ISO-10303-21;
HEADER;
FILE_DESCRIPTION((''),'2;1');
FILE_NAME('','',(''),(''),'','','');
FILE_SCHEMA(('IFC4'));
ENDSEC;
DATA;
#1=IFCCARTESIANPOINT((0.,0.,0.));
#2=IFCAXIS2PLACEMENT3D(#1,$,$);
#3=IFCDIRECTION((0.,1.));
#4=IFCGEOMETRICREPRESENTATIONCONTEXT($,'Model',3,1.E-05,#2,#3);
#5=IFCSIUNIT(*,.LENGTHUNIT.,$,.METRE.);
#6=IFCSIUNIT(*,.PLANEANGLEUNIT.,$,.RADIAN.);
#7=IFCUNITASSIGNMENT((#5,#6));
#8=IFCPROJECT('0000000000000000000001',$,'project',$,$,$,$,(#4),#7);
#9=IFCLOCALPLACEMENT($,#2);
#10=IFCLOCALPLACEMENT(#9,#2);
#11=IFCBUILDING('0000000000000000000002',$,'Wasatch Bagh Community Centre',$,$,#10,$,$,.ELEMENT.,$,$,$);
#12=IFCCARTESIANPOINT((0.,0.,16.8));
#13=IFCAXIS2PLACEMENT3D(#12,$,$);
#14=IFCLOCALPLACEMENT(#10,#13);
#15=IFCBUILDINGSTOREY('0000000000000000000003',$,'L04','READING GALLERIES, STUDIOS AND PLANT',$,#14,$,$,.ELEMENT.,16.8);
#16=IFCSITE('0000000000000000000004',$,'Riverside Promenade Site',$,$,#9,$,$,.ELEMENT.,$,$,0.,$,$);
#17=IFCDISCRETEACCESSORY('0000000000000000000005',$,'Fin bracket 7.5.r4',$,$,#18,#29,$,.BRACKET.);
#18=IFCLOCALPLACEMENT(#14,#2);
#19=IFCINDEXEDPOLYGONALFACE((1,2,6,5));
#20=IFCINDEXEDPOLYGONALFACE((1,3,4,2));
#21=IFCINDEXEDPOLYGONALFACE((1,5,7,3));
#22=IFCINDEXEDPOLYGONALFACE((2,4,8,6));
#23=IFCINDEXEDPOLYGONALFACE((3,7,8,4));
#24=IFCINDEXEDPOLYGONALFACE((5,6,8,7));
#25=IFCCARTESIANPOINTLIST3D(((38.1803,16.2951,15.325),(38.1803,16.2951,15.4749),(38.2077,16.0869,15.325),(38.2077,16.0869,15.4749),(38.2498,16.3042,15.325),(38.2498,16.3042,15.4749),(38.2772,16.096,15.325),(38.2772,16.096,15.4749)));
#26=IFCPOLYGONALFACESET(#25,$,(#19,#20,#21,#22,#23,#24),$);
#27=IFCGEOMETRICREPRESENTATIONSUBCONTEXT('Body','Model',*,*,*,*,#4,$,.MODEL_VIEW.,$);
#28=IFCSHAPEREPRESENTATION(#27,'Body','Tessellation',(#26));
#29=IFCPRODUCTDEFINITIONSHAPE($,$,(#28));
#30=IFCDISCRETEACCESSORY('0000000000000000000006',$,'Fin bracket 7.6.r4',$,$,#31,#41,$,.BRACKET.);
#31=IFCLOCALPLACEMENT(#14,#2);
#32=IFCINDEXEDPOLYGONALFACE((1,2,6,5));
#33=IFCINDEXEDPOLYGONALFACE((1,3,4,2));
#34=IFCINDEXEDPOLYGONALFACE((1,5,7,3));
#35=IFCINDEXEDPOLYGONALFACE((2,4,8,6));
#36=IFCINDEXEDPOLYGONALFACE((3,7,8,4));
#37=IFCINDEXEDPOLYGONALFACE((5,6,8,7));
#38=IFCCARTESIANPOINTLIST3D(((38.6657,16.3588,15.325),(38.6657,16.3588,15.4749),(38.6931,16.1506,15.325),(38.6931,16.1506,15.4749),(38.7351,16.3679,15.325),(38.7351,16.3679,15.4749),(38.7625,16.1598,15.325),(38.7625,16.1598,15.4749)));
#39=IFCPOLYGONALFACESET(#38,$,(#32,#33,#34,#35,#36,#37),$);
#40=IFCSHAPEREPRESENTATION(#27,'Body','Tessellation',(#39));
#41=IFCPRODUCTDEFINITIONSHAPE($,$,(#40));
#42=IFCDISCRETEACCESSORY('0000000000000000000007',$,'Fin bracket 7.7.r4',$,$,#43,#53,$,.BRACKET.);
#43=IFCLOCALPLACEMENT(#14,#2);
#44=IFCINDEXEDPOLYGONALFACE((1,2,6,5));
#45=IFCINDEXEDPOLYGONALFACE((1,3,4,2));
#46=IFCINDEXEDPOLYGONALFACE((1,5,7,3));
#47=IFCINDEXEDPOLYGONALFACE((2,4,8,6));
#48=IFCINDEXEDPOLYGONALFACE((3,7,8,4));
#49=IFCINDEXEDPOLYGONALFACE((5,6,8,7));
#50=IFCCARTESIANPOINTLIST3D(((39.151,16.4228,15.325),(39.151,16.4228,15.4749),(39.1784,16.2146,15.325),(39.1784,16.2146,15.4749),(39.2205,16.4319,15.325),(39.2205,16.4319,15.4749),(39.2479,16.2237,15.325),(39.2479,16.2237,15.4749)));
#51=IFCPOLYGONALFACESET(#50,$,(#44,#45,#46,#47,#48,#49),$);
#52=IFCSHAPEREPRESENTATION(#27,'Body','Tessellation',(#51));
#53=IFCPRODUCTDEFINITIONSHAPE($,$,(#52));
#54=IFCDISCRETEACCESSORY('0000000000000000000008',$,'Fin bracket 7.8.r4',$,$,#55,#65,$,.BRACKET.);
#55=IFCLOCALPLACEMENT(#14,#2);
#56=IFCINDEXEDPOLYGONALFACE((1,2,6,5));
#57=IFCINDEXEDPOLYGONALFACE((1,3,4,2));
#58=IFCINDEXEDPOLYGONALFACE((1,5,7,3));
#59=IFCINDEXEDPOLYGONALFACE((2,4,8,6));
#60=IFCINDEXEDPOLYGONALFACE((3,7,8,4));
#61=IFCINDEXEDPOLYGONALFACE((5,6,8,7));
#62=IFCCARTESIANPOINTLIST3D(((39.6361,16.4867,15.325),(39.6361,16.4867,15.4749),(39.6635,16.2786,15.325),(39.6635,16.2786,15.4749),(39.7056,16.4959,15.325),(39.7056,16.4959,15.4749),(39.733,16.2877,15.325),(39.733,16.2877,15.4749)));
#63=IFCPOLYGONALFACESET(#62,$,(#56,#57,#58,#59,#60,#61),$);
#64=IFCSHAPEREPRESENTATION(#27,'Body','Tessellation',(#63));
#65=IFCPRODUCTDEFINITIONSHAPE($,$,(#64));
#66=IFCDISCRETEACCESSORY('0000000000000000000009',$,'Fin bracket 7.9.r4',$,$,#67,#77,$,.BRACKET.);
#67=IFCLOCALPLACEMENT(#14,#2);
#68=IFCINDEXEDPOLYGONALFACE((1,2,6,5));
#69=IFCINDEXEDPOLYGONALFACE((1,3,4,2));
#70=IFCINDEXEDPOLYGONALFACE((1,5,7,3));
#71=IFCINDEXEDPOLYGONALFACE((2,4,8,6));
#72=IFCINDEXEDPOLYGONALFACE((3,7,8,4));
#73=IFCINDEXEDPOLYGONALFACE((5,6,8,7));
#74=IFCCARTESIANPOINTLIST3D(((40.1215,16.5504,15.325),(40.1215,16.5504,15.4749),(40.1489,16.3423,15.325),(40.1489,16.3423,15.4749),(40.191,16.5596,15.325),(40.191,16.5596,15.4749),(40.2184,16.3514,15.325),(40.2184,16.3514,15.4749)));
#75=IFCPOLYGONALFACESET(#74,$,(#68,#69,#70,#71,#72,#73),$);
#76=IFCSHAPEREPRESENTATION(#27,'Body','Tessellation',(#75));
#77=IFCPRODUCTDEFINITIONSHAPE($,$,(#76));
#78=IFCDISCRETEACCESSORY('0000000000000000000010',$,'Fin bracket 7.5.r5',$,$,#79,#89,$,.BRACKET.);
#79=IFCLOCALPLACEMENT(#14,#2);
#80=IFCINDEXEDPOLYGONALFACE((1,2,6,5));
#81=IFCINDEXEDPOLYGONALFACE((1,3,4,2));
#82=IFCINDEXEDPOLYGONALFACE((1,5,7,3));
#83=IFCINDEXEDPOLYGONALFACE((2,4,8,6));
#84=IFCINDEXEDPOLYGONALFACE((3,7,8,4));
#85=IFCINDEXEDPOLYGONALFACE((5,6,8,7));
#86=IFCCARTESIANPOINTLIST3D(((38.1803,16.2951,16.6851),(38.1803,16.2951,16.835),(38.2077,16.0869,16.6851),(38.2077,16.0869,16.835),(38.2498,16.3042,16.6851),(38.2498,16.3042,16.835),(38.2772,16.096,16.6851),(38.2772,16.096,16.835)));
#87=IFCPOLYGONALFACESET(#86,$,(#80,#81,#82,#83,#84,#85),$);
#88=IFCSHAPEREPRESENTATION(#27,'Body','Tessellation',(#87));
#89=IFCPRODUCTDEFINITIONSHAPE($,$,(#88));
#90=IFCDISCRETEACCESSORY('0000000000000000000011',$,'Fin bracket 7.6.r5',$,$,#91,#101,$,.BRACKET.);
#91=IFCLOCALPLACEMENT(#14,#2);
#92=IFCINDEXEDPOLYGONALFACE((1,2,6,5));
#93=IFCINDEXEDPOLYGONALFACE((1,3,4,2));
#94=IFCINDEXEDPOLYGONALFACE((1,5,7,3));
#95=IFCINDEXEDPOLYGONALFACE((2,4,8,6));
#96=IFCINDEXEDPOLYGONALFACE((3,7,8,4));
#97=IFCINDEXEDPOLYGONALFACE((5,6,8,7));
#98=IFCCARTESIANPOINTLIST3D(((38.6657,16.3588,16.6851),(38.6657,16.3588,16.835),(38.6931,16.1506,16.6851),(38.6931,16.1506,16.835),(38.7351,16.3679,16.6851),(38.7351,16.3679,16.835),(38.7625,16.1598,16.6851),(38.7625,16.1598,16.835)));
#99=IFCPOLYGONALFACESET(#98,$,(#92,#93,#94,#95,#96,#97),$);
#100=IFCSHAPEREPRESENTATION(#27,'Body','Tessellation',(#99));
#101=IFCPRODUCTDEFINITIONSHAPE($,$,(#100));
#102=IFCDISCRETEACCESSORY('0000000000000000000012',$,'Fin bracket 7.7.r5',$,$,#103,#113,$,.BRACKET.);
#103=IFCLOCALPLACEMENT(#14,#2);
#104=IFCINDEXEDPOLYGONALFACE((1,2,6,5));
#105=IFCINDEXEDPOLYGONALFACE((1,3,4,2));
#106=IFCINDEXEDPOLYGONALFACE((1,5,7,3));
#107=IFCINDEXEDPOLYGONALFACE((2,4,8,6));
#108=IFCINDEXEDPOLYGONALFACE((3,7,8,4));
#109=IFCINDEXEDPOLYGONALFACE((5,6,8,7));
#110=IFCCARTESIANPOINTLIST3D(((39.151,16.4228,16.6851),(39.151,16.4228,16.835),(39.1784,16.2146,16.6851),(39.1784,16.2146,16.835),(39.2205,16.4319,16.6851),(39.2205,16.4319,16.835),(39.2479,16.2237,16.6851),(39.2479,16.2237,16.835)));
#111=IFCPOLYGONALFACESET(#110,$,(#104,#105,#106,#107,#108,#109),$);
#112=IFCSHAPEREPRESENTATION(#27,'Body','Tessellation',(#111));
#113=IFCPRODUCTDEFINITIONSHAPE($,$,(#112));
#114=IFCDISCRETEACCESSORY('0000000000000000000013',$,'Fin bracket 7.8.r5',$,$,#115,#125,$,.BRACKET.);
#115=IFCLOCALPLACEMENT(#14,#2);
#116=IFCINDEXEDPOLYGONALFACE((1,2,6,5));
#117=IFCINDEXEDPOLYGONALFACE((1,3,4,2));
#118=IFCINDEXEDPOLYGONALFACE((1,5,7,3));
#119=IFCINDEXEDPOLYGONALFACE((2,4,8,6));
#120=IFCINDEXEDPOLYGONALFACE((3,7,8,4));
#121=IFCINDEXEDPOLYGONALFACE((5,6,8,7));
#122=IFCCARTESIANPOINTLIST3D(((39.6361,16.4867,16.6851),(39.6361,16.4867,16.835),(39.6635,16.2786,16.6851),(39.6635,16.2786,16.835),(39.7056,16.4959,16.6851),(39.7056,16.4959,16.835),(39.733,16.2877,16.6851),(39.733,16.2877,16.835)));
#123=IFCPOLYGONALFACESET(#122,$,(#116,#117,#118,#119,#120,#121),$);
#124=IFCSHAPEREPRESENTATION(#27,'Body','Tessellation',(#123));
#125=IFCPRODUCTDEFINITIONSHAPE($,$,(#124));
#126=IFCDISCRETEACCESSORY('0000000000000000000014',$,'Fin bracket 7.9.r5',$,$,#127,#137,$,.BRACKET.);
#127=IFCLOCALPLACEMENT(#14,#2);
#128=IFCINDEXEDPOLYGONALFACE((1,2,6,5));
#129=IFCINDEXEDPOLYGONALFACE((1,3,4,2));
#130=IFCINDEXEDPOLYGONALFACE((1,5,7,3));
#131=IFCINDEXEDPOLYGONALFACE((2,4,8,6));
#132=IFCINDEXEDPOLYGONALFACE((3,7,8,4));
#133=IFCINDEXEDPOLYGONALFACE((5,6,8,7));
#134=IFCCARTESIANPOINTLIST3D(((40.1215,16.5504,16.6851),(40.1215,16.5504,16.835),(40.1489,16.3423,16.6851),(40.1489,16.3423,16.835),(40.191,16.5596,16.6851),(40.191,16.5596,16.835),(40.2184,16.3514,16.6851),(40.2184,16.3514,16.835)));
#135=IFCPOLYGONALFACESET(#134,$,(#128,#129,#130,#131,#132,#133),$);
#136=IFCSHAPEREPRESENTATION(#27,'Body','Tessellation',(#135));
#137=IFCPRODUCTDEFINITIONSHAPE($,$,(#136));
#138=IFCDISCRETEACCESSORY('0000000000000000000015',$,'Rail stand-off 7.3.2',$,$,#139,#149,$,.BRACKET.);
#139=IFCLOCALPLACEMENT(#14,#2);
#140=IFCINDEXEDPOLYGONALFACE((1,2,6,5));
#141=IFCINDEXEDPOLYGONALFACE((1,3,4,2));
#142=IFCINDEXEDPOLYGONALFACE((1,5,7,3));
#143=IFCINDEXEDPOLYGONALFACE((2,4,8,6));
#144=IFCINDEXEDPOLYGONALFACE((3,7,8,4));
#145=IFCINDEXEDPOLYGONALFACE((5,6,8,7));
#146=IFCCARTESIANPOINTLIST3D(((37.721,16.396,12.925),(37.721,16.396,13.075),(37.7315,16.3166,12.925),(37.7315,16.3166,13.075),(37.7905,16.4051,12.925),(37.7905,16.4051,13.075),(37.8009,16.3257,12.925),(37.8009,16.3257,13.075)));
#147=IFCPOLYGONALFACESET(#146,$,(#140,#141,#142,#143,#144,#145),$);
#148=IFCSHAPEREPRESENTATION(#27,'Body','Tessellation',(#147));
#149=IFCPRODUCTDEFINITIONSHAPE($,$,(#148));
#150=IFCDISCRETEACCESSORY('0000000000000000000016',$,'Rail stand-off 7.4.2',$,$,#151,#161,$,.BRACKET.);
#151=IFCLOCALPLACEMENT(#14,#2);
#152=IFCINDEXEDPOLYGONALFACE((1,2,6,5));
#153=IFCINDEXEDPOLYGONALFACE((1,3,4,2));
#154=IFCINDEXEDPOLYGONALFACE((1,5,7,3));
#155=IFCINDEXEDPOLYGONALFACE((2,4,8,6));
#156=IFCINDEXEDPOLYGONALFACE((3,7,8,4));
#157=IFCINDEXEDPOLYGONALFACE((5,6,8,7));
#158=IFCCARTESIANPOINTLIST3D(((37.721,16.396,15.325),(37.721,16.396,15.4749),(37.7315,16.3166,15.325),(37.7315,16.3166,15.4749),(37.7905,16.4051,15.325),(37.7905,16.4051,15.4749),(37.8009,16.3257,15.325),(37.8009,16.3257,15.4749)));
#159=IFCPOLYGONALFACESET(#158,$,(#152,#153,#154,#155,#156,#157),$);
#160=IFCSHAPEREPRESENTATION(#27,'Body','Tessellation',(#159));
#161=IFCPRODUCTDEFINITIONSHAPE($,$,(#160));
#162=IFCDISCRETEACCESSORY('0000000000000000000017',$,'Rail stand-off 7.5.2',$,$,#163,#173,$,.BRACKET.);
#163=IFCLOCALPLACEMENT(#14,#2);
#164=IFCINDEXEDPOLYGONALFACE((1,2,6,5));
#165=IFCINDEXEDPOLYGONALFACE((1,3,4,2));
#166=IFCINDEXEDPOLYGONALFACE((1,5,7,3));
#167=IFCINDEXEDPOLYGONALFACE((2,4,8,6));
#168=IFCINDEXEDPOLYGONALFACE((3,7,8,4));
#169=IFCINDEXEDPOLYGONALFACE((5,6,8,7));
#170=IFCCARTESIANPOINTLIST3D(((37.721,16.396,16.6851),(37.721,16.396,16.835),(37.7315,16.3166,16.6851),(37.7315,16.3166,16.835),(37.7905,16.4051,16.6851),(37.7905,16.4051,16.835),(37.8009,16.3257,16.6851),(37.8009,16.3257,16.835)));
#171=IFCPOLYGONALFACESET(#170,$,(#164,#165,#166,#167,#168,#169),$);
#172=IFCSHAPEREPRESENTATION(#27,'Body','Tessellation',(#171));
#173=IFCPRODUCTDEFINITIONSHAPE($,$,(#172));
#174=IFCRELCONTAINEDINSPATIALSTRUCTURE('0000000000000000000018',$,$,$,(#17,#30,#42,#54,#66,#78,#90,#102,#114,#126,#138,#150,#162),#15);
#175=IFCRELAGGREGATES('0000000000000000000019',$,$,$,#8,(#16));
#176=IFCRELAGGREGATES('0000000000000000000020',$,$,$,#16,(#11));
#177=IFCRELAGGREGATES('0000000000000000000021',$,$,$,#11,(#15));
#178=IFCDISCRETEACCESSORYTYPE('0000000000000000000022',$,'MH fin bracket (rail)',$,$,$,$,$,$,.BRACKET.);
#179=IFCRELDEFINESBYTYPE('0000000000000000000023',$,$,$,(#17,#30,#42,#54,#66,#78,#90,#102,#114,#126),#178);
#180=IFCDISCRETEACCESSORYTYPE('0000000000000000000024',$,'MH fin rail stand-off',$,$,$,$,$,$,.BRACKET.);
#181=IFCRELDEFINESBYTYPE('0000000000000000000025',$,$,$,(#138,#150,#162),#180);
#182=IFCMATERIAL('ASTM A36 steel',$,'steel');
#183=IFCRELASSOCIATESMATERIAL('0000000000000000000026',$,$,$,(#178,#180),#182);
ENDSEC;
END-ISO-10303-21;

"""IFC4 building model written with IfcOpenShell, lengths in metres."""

from ifc_helpers import new_model, si_unit, direction, frame, origin, origin_2d, place, context, subcontext, project, spatial, rectangle, extrude, material, type_object, element, save


model = new_model("IFC4")

# Units and contexts
model_context = context("Model", 3, precision=1e-05, world=origin(), true_north=direction((0.0, 1.0)))
body_context = subcontext(model_context, "Body", "Model", "MODEL_VIEW")
ifc_project = project(units=[si_unit("LENGTHUNIT", "METRE"), si_unit("PLANEANGLEUNIT", "RADIAN")], contexts=[model_context])

# Site, building, storey
site_placement = place(None, origin())
site = spatial("IfcSite", under=ifc_project, at=site_placement, Name="Riverside Promenade Site", CompositionType="ELEMENT", RefElevation=0.0)
building_placement = place(site_placement, origin())
building = spatial("IfcBuilding", under=site, at=building_placement, Name="Wasatch Bagh Community Centre", CompositionType="ELEMENT")
storey_placement = place(building_placement, frame((0.0, 0.0, 16.8)))
storey = spatial("IfcBuildingStorey", under=building, at=storey_placement, Name="L04", Description="READING GALLERIES, STUDIOS AND PLANT", CompositionType="ELEMENT", Elevation=16.8)

# Discrete accessories
ifc_material_1 = material(Name="ASTM A36 steel", Category="steel")
discrete_accessory_type_1 = type_object("IfcDiscreteAccessoryType", Name="MH fin bracket (rail)", PredefinedType="BRACKET", material=ifc_material_1)
for number, where, z_axis, x_axis, name in (
    (1, (38.2288, 16.1956, 15.325), (0.0, 0.0, 1.0), (0.991445, 0.130526, 0.0), "Fin bracket 7.5.r4"),
    (2, (38.7141, 16.2593, 15.325), (0.0, 0.0, 1.0), (0.991445, 0.130526, 0.0), "Fin bracket 7.6.r4"),
    (3, (39.1995, 16.3232, 15.325), (0.0, 0.0, 1.0), (0.991445, 0.130526, 0.0), "Fin bracket 7.7.r4"),
    (4, (39.6846, 16.3872, 15.325), (0.0, 0.0, 1.0), (0.991445, 0.130526, 0.0), "Fin bracket 7.8.r4"),
    (5, (40.1699, 16.4509, 15.325), (0.0, 0.0, 1.0), (0.991445, 0.130526, 0.0), "Fin bracket 7.9.r4"),
    (6, (38.2288, 16.1956, 16.6851), (0.0, 0.0, 1.0), (0.991445, 0.130526, 0.0), "Fin bracket 7.5.r5"),
    (7, (38.7141, 16.2593, 16.6851), (0.0, 0.0, 1.0), (0.991445, 0.130526, 0.0), "Fin bracket 7.6.r5"),
    (8, (39.1995, 16.3232, 16.6851), (0.0, 0.0, 1.0), (0.991445, 0.130526, 0.0), "Fin bracket 7.7.r5"),
    (9, (39.6846, 16.3872, 16.6851), (0.0, 0.0, 1.0), (0.991445, 0.130526, 0.0), "Fin bracket 7.8.r5"),
    (10, (40.1699, 16.4509, 16.6851), (0.0, 0.0, 1.0), (0.991445, 0.130526, 0.0), "Fin bracket 7.9.r5"),
):
    element("IfcDiscreteAccessory", number, at=place(storey_placement, frame(where, z_axis=z_axis, x_axis=x_axis)), inside=storey, type_object=discrete_accessory_type_1, Name=name, PredefinedType="BRACKET", context=body_context, shape_type="SweptSolid", body=[
        extrude(rectangle(XDim=0.0701, YDim=0.21, at=origin_2d()), origin(), (0.0, 0.0, 1.0), 0.1499),
    ])
discrete_accessory_type_2 = type_object("IfcDiscreteAccessoryType", Name="MH fin rail stand-off", PredefinedType="BRACKET", material=ifc_material_1)
for number, where, z_axis, x_axis, name in (
    (11, (37.761, 16.3608, 12.925), (0.0, 0.0, 1.0), (0.991445, 0.130526, 0.0), "Rail stand-off 7.3.2"),
    (12, (37.761, 16.3608, 15.325), (0.0, 0.0, 1.0), (0.991445, 0.130526, 0.0), "Rail stand-off 7.4.2"),
    (13, (37.761, 16.3608, 16.6851), (0.0, 0.0, 1.0), (0.991445, 0.130526, 0.0), "Rail stand-off 7.5.2"),
):
    element("IfcDiscreteAccessory", number, at=place(storey_placement, frame(where, z_axis=z_axis, x_axis=x_axis)), inside=storey, type_object=discrete_accessory_type_2, Name=name, PredefinedType="BRACKET", context=body_context, shape_type="SweptSolid", body=[
        extrude(rectangle(XDim=0.0701, YDim=0.0801, at=origin_2d()), origin(), (0.0, 0.0, 1.0), 0.1499),
    ])

save(model, "model.ifc")
